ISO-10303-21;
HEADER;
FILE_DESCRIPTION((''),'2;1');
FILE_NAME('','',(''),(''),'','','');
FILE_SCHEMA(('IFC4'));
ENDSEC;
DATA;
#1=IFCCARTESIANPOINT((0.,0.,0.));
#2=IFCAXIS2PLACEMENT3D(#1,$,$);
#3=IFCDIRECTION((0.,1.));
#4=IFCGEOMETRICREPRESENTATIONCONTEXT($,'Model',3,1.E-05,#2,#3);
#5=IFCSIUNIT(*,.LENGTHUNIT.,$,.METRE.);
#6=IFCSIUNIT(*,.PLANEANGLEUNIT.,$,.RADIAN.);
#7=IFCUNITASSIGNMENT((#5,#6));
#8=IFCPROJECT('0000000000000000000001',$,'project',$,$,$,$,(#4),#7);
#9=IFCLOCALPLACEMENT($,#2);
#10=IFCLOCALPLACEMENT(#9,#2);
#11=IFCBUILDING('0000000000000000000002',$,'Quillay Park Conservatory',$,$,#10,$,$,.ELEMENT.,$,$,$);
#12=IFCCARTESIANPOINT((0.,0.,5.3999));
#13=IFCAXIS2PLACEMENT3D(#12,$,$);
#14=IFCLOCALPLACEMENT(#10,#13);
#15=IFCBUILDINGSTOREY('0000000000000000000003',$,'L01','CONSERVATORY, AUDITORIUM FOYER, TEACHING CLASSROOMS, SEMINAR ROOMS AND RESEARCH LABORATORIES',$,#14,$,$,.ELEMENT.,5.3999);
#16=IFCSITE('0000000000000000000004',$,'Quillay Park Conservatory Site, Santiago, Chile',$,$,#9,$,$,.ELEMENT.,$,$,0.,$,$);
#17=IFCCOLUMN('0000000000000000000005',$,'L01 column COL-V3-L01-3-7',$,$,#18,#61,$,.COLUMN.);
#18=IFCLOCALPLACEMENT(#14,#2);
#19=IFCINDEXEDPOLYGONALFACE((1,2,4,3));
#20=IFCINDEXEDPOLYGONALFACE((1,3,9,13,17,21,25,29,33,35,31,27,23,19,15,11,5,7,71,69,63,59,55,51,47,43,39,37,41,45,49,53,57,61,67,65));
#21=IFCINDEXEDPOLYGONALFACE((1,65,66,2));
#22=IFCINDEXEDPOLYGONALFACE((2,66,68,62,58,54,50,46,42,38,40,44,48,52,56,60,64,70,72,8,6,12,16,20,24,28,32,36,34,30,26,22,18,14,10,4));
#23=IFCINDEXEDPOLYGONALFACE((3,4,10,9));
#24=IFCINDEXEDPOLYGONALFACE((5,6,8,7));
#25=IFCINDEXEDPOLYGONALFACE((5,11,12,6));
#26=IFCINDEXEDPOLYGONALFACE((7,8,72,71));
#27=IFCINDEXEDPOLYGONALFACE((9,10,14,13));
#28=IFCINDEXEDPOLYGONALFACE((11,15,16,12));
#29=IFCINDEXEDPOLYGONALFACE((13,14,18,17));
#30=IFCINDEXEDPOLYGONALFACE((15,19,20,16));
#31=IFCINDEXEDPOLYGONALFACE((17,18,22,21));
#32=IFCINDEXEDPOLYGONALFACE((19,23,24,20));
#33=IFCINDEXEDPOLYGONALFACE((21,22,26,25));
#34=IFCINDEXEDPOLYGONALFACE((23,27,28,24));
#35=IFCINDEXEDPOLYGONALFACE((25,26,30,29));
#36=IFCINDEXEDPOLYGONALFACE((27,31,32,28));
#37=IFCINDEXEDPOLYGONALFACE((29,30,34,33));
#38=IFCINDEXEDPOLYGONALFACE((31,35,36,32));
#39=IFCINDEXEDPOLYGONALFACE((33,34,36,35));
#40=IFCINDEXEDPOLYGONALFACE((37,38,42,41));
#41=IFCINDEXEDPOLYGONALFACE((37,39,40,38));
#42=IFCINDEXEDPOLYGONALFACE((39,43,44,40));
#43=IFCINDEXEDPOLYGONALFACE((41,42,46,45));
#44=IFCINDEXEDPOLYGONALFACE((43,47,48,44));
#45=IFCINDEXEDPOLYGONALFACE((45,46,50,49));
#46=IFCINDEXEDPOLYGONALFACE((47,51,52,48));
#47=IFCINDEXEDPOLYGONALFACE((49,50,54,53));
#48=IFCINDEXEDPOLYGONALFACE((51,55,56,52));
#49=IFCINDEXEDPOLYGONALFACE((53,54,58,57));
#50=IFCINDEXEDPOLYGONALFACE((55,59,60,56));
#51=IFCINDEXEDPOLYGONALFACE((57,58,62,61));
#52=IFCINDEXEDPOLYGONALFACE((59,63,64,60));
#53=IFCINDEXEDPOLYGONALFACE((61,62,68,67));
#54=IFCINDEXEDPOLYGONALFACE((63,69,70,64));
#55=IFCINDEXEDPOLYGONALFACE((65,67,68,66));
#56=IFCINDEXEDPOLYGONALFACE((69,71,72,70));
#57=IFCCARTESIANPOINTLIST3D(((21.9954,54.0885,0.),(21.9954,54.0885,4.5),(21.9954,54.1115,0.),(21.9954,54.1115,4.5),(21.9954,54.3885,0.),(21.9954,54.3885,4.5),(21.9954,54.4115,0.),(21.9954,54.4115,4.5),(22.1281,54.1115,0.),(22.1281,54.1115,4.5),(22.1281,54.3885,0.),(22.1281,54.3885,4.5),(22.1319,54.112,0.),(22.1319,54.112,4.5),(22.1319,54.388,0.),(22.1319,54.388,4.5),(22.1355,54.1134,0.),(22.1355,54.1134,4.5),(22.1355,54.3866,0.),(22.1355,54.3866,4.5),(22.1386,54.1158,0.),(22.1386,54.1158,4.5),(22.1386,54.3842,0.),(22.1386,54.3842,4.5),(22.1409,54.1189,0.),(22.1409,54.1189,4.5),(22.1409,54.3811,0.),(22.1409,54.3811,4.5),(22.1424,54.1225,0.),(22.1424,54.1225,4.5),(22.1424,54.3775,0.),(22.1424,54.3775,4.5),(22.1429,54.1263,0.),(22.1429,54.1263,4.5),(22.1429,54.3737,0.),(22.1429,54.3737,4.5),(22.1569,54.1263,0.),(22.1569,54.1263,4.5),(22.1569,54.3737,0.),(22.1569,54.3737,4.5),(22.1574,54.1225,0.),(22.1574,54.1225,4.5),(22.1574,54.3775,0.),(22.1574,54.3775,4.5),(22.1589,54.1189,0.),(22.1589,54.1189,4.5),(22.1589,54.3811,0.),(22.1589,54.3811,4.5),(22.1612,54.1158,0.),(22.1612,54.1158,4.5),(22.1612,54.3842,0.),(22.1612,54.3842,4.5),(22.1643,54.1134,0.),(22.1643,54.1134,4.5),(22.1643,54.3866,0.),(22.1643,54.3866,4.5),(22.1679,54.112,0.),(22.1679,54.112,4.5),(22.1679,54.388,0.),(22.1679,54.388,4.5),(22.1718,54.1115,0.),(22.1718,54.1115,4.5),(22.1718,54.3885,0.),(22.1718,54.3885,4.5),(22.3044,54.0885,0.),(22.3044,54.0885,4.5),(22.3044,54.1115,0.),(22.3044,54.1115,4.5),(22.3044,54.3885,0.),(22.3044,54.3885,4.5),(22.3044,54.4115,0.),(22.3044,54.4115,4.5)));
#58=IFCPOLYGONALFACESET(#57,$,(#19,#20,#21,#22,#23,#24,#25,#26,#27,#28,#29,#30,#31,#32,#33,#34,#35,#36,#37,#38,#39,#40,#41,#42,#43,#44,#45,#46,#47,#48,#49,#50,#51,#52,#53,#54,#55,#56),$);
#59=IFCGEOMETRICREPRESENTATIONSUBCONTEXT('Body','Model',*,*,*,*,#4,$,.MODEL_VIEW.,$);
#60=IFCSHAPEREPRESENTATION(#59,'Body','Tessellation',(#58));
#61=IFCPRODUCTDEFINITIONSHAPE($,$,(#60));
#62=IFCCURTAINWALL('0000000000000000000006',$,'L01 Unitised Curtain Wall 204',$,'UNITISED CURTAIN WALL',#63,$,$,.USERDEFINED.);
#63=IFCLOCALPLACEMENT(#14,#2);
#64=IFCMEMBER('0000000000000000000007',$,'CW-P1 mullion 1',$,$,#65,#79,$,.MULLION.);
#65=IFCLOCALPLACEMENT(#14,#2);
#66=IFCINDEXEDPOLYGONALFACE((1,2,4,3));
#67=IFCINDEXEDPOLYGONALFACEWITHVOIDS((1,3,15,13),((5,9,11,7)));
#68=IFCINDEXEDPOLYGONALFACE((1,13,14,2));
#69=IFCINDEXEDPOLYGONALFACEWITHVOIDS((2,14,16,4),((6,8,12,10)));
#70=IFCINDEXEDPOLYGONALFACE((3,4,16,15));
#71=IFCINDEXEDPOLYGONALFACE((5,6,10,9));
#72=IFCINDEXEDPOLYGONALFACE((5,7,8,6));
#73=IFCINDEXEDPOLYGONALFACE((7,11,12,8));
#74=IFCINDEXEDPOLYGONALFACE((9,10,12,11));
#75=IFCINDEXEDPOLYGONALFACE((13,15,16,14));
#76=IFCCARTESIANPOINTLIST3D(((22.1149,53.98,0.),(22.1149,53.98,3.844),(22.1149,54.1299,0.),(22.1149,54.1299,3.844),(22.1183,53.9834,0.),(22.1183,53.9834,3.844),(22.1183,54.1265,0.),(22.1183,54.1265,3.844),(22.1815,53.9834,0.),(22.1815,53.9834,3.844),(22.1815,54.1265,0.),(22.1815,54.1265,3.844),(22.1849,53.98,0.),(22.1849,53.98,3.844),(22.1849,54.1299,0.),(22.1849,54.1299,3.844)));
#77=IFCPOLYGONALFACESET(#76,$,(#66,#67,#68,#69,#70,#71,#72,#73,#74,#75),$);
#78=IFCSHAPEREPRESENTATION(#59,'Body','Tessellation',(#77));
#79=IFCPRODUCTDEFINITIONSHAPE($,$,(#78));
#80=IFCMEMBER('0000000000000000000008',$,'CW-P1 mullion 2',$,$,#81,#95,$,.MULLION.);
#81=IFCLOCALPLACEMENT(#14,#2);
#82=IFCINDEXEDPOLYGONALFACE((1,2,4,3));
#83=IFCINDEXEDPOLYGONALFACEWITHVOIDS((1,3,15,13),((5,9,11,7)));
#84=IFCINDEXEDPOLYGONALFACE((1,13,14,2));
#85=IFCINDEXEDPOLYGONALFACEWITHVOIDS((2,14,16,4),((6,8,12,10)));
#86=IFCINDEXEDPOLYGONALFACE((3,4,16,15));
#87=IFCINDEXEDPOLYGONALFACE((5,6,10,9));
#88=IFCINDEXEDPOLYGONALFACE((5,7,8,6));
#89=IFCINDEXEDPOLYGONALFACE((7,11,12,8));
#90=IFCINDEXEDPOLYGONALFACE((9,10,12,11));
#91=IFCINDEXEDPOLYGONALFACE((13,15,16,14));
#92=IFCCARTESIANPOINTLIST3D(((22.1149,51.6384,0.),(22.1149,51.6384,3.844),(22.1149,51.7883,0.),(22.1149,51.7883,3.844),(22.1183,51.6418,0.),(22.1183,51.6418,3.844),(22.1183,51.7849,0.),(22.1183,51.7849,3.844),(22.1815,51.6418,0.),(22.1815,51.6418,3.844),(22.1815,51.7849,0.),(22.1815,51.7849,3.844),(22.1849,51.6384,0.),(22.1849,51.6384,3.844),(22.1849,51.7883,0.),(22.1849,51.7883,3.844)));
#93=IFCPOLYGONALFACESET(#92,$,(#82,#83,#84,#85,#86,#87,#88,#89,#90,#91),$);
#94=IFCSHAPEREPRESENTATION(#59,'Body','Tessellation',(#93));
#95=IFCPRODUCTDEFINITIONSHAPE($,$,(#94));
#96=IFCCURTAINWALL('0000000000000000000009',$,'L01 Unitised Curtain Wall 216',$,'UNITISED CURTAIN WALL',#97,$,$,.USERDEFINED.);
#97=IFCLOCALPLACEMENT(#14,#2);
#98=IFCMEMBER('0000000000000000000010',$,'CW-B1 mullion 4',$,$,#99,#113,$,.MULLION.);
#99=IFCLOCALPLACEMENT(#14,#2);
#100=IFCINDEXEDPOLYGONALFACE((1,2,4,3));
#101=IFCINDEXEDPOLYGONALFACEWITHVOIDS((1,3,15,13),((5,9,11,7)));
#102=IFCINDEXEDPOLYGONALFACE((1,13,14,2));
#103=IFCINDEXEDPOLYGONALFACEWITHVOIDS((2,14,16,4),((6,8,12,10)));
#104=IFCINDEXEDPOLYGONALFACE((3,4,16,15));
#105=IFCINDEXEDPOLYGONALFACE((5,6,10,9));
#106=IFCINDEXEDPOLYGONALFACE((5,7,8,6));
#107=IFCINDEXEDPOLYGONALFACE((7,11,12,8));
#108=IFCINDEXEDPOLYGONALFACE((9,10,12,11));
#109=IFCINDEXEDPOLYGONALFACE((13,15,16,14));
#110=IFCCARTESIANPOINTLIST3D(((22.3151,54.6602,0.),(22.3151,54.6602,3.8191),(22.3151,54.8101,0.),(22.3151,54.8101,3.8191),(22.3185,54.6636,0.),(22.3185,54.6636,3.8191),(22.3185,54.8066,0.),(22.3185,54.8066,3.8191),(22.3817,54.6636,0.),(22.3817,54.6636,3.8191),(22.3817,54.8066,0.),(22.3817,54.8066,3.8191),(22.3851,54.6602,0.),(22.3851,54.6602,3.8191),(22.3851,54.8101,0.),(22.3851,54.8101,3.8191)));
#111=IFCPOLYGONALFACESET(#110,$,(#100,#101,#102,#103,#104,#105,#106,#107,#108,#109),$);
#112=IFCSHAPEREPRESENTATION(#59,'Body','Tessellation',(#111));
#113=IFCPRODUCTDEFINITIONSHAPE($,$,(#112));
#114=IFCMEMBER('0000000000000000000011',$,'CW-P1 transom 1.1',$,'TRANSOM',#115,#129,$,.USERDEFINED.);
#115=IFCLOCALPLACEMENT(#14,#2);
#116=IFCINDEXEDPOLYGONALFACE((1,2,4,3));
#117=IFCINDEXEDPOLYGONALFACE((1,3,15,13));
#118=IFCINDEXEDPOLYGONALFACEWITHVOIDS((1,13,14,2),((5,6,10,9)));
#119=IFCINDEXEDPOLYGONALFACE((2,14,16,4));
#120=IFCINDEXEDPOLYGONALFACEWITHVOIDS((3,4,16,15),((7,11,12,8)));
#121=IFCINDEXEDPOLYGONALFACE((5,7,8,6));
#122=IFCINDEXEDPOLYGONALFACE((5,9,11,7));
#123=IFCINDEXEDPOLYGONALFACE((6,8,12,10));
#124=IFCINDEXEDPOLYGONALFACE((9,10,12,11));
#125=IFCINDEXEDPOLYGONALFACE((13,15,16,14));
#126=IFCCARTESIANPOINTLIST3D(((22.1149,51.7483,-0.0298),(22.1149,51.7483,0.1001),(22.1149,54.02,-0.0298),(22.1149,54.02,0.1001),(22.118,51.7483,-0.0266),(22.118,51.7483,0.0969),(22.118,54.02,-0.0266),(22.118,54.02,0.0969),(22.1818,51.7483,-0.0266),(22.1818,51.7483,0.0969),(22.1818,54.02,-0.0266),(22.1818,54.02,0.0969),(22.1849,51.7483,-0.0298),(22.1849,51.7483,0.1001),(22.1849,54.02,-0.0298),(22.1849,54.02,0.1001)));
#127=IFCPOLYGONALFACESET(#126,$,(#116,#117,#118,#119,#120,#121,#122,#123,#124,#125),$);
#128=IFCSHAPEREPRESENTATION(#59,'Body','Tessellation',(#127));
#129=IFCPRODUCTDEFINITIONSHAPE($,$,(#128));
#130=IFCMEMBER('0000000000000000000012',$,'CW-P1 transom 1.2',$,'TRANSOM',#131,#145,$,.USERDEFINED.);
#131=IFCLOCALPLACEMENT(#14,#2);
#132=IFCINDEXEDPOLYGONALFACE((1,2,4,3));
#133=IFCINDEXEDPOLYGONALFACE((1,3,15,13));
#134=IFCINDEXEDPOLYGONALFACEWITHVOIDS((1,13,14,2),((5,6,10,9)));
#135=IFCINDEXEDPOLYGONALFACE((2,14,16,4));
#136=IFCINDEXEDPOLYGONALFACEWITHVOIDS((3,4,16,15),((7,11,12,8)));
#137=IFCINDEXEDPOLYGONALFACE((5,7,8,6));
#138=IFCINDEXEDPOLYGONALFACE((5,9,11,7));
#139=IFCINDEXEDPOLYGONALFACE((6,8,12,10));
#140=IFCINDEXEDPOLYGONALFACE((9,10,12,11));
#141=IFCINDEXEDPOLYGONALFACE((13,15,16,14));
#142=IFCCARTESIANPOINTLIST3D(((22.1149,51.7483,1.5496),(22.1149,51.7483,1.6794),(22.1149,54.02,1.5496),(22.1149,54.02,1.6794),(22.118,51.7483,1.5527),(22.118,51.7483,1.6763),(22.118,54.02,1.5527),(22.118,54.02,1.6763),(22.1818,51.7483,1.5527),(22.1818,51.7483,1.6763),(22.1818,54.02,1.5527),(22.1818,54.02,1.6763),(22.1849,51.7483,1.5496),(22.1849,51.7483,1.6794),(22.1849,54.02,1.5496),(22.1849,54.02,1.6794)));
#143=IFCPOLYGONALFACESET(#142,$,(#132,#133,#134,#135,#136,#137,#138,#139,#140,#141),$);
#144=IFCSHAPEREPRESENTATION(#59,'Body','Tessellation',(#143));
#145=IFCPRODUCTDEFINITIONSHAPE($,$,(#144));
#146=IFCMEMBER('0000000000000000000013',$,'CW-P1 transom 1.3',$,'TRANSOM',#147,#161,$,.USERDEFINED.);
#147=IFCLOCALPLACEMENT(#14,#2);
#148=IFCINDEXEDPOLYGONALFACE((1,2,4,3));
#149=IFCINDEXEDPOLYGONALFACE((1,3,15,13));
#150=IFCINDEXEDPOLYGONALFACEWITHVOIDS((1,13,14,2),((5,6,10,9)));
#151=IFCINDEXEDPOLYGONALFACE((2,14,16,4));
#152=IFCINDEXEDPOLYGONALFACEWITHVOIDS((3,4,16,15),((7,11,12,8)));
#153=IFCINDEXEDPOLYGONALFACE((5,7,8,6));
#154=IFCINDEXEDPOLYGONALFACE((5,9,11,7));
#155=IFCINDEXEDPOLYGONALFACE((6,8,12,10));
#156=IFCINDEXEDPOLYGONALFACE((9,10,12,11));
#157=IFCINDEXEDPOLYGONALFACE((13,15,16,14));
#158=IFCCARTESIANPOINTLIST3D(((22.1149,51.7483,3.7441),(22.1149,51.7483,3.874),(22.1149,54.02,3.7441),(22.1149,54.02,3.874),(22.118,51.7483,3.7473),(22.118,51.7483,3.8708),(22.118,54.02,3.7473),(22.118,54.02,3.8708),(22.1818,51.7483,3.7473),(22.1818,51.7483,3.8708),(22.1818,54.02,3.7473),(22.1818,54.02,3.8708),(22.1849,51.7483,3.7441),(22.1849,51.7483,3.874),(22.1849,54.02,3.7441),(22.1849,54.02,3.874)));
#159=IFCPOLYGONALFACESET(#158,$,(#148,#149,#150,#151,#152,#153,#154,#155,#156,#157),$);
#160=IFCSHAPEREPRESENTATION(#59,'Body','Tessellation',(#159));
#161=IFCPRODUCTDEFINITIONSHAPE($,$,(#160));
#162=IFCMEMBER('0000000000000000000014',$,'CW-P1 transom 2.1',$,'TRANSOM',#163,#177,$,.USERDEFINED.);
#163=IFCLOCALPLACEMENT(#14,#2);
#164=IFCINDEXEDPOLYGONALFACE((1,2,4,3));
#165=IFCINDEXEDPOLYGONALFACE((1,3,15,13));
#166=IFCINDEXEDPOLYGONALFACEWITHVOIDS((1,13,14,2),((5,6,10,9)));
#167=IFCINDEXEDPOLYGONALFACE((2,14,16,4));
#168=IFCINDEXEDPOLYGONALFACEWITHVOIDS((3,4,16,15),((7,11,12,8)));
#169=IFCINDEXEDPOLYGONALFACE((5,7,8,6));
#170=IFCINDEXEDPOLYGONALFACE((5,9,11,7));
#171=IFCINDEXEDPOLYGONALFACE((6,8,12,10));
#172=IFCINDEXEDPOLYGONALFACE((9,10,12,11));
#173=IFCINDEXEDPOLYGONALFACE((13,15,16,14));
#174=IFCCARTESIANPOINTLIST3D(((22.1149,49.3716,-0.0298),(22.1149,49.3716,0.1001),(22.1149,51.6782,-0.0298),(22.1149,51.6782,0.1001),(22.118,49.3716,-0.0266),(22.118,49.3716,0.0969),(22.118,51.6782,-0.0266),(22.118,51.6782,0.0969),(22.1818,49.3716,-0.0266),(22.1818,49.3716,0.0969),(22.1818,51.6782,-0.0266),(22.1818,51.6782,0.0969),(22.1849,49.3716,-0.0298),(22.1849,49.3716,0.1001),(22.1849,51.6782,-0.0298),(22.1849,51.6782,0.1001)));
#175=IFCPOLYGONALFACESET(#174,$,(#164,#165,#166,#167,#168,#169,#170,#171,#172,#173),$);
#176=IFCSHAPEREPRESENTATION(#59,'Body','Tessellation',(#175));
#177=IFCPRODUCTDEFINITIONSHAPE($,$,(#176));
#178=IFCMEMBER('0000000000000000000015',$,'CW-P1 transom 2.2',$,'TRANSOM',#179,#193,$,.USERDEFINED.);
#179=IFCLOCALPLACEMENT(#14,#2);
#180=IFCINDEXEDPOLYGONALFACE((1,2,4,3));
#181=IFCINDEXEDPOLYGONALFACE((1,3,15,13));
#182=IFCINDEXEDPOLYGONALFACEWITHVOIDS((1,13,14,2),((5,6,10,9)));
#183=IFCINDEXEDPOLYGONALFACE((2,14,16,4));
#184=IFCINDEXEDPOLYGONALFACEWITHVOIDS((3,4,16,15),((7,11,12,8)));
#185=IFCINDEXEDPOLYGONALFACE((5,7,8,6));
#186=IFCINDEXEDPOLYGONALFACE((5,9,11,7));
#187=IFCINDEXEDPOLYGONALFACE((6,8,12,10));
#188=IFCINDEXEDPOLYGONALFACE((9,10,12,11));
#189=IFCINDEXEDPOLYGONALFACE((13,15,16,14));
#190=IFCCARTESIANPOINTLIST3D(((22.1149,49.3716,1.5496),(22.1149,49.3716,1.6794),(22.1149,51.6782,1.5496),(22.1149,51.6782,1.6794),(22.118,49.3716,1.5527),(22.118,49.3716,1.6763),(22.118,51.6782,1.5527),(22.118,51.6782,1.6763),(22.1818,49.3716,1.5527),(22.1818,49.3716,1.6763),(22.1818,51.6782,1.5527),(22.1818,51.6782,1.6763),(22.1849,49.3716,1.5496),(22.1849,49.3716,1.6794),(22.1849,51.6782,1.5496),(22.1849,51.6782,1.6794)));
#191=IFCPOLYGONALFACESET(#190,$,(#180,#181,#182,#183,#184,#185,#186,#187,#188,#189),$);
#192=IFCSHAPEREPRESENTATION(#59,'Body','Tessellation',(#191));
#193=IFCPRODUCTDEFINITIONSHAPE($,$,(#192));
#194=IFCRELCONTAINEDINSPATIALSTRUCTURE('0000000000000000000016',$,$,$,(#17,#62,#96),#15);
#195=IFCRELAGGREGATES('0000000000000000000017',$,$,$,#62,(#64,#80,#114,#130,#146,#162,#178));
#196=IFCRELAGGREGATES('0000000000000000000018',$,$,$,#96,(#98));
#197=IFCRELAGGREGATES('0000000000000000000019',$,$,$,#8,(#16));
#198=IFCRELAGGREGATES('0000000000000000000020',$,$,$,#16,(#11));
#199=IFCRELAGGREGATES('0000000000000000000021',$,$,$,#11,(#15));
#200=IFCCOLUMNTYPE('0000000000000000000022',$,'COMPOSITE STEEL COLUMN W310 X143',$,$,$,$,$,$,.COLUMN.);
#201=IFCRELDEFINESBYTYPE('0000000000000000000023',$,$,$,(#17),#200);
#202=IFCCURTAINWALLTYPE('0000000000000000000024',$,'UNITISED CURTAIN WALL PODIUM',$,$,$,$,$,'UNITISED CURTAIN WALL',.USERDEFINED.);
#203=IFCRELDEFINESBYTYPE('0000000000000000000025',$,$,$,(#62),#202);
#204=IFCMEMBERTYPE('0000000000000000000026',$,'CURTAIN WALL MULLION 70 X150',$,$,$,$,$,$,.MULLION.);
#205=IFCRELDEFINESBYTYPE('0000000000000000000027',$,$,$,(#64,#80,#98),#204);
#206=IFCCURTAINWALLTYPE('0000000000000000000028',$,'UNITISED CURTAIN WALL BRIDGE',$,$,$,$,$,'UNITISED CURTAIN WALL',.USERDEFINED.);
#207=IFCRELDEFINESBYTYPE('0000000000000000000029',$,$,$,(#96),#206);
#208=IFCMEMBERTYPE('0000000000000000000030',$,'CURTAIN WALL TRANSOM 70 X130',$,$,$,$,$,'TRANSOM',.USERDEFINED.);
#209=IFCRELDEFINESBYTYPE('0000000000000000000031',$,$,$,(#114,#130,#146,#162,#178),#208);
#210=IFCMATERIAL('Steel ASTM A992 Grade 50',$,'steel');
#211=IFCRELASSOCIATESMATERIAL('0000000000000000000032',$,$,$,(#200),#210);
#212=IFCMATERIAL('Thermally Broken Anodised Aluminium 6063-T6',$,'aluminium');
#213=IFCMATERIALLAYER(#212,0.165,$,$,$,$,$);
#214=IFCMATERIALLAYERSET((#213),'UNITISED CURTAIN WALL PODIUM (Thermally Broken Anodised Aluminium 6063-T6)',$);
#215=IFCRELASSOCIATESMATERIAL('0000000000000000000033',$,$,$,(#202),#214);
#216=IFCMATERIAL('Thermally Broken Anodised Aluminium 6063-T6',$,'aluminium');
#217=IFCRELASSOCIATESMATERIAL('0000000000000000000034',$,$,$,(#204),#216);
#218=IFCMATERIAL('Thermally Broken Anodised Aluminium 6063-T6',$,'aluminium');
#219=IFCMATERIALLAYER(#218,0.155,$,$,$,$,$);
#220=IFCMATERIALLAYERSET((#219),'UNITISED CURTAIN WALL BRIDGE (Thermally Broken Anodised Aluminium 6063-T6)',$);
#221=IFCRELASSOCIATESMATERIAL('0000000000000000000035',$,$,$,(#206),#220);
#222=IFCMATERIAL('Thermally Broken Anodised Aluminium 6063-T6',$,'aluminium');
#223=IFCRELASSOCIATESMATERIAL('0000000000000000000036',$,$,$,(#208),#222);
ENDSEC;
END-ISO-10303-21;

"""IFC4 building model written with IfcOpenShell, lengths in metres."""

from ifc_helpers import new_model, si_unit, direction, frame, origin, origin_2d, place, context, subcontext, project, spatial, hollow_rectangle, i_section, extrude, material, layer, layer_set, material_profile, profile_set, type_object, element, aggregate, save


model = new_model("IFC4")

# Units and contexts
model_context = context("Model", 3, precision=1e-05, world=origin(), true_north=direction((0.0, 1.0)))
body_context = subcontext(model_context, "Body", "Model", "MODEL_VIEW")
ifc_project = project(units=[si_unit("LENGTHUNIT", "METRE"), si_unit("PLANEANGLEUNIT", "RADIAN")], contexts=[model_context])

# Site, building, storey
site_placement = place(None, origin())
site = spatial("IfcSite", under=ifc_project, at=site_placement, Name="Quillay Park Conservatory Site, Santiago, Chile", CompositionType="ELEMENT", RefElevation=0.0)
building_placement = place(site_placement, origin())
building = spatial("IfcBuilding", under=site, at=building_placement, Name="Quillay Park Conservatory", CompositionType="ELEMENT")
storey_placement = place(building_placement, frame((0.0, 0.0, 5.3999)))
storey = spatial("IfcBuildingStorey", under=building, at=storey_placement, Name="L01", Description="CONSERVATORY, AUDITORIUM FOYER, TEACHING CLASSROOMS, SEMINAR ROOMS AND RESEARCH LABORATORIES", CompositionType="ELEMENT", Elevation=5.3999)

# Column
ifc_material_1 = material(Name="Steel ASTM A992 Grade 50", Category="steel")
ifc_material_profile_1 = material_profile(ifc_material_1, i_section(OverallWidth=0.3091, OverallDepth=0.323, WebThickness=0.0139, FlangeThickness=0.0229, FilletRadius=0.0149, at=origin_2d()), Name="W310x143")
ifc_profile_set_1 = profile_set([ifc_material_profile_1], Name="Steel ASTM A992 Grade 50")
column_type = type_object("IfcColumnType", Name="COMPOSITE STEEL COLUMN W310 X143", PredefinedType="COLUMN", material=ifc_profile_set_1)
column_placement = place(storey_placement, frame((22.1499, 54.25, 0.0), z_axis=(0.0, 0.0, 1.0), x_axis=(1.0, 0.0, 0.0)))
element("IfcColumn", 1, at=column_placement, inside=storey, type_object=column_type, Name="L01 column COL-V3-L01-3-7", PredefinedType="COLUMN", context=body_context, shape_type="SweptSolid", body=[
    extrude(i_section(OverallWidth=0.3091, OverallDepth=0.323, WebThickness=0.0139, FlangeThickness=0.0229, FilletRadius=0.0149, at=origin_2d()), origin(), (0.0, 0.0, 1.0), 4.5),
])

# Curtain wall, members
ifc_material_2 = material(Name="Thermally Broken Anodised Aluminium 6063-T6", Category="aluminium")
ifc_layer_1 = layer(ifc_material_2, 0.165)
ifc_layer_set_1 = layer_set([ifc_layer_1], Name="UNITISED CURTAIN WALL PODIUM (Thermally Broken Anodised Aluminium 6063-T6)")
curtain_wall_type_1 = type_object("IfcCurtainWallType", Name="UNITISED CURTAIN WALL PODIUM", ElementType="UNITISED CURTAIN WALL", PredefinedType="USERDEFINED", material=ifc_layer_set_1)
curtain_wall_1_placement = place(storey_placement, origin())
curtain_wall_1 = element("IfcCurtainWall", 2, at=curtain_wall_1_placement, inside=storey, type_object=curtain_wall_type_1, Name="L01 Unitised Curtain Wall 204", ObjectType="UNITISED CURTAIN WALL", PredefinedType="USERDEFINED")
ifc_material_3 = material(Name="Thermally Broken Anodised Aluminium 6063-T6", Category="aluminium")
ifc_material_profile_2 = material_profile(ifc_material_3, hollow_rectangle(XDim=0.0701, YDim=0.1499, WallThickness=0.0034, at=origin_2d()), Name="AL70x150x3.5")
ifc_profile_set_2 = profile_set([ifc_material_profile_2], Name="Thermally Broken Anodised Aluminium 6063-T6")
member_type_1 = type_object("IfcMemberType", Name="CURTAIN WALL MULLION 70 X150", PredefinedType="MULLION", material=ifc_profile_set_2)
member_1_placement = place(storey_placement, frame((22.1499, 54.0549, 0.0), z_axis=(0.0, 0.0, 1.0), x_axis=(1.0, 0.0, 0.0)))
member_1 = element("IfcMember", 3, at=member_1_placement, type_object=member_type_1, Name="CW-P1 mullion 1", PredefinedType="MULLION", context=body_context, shape_type="SweptSolid", body=[
    extrude(hollow_rectangle(XDim=0.0701, YDim=0.1499, WallThickness=0.0034, at=origin_2d()), origin(), (0.0, 0.0, 1.0), 3.844),
])
member_2_placement = place(storey_placement, frame((22.1499, 51.7134, 0.0), z_axis=(0.0, 0.0, 1.0), x_axis=(1.0, 0.0, 0.0)))
member_2 = element("IfcMember", 4, at=member_2_placement, type_object=member_type_1, Name="CW-P1 mullion 2", PredefinedType="MULLION", context=body_context, shape_type="SweptSolid", body=[
    extrude(hollow_rectangle(XDim=0.0701, YDim=0.1499, WallThickness=0.0034, at=origin_2d()), origin(), (0.0, 0.0, 1.0), 3.844),
])

# Curtain wall, member
ifc_material_4 = material(Name="Thermally Broken Anodised Aluminium 6063-T6", Category="aluminium")
ifc_layer_2 = layer(ifc_material_4, 0.155)
ifc_layer_set_2 = layer_set([ifc_layer_2], Name="UNITISED CURTAIN WALL BRIDGE (Thermally Broken Anodised Aluminium 6063-T6)")
curtain_wall_type_2 = type_object("IfcCurtainWallType", Name="UNITISED CURTAIN WALL BRIDGE", ElementType="UNITISED CURTAIN WALL", PredefinedType="USERDEFINED", material=ifc_layer_set_2)
curtain_wall_2_placement = place(storey_placement, origin())
curtain_wall_2 = element("IfcCurtainWall", 5, at=curtain_wall_2_placement, inside=storey, type_object=curtain_wall_type_2, Name="L01 Unitised Curtain Wall 216", ObjectType="UNITISED CURTAIN WALL", PredefinedType="USERDEFINED")
member_3_placement = place(storey_placement, frame((22.3501, 54.7351, 0.0), z_axis=(0.0, 0.0, 1.0), x_axis=(1.0, 0.0, 0.0)))
member_3 = element("IfcMember", 6, at=member_3_placement, type_object=member_type_1, Name="CW-B1 mullion 4", PredefinedType="MULLION", context=body_context, shape_type="SweptSolid", body=[
    extrude(hollow_rectangle(XDim=0.0701, YDim=0.1499, WallThickness=0.0034, at=origin_2d()), origin(), (0.0, 0.0, 1.0), 3.8191),
])

# Members
ifc_material_5 = material(Name="Thermally Broken Anodised Aluminium 6063-T6", Category="aluminium")
ifc_material_profile_3 = material_profile(ifc_material_5, hollow_rectangle(XDim=0.0701, YDim=0.1299, WallThickness=0.0032, at=origin_2d()), Name="AL70x130x3.2")
ifc_profile_set_3 = profile_set([ifc_material_profile_3], Name="Thermally Broken Anodised Aluminium 6063-T6")
member_type_2 = type_object("IfcMemberType", Name="CURTAIN WALL TRANSOM 70 X130", ElementType="TRANSOM", PredefinedType="USERDEFINED", material=ifc_profile_set_3)
member_4_placement = place(storey_placement, frame((22.1499, 54.02, 0.0352), z_axis=(0.0, -1.0, 0.0), x_axis=(1.0, 0.0, 0.0)))
member_4 = element("IfcMember", 7, at=member_4_placement, type_object=member_type_2, Name="CW-P1 transom 1.1", ObjectType="TRANSOM", PredefinedType="USERDEFINED", context=body_context, shape_type="SweptSolid", body=[
    extrude(hollow_rectangle(XDim=0.0701, YDim=0.1299, WallThickness=0.0032, at=origin_2d()), origin(), (0.0, 0.0, 1.0), 2.2717),
])
member_5_placement = place(storey_placement, frame((22.1499, 54.02, 1.6145), z_axis=(0.0, -1.0, 0.0), x_axis=(1.0, 0.0, 0.0)))
member_5 = element("IfcMember", 8, at=member_5_placement, type_object=member_type_2, Name="CW-P1 transom 1.2", ObjectType="TRANSOM", PredefinedType="USERDEFINED", context=body_context, shape_type="SweptSolid", body=[
    extrude(hollow_rectangle(XDim=0.0701, YDim=0.1299, WallThickness=0.0032, at=origin_2d()), origin(), (0.0, 0.0, 1.0), 2.2717),
])
member_6_placement = place(storey_placement, frame((22.1499, 54.02, 3.8091), z_axis=(0.0, -1.0, 0.0), x_axis=(1.0, 0.0, 0.0)))
member_6 = element("IfcMember", 9, at=member_6_placement, type_object=member_type_2, Name="CW-P1 transom 1.3", ObjectType="TRANSOM", PredefinedType="USERDEFINED", context=body_context, shape_type="SweptSolid", body=[
    extrude(hollow_rectangle(XDim=0.0701, YDim=0.1299, WallThickness=0.0032, at=origin_2d()), origin(), (0.0, 0.0, 1.0), 2.2717),
])
member_7_placement = place(storey_placement, frame((22.1499, 51.6782, 0.0352), z_axis=(0.0, -1.0, 0.0), x_axis=(1.0, 0.0, 0.0)))
member_7 = element("IfcMember", 10, at=member_7_placement, type_object=member_type_2, Name="CW-P1 transom 2.1", ObjectType="TRANSOM", PredefinedType="USERDEFINED", context=body_context, shape_type="SweptSolid", body=[
    extrude(hollow_rectangle(XDim=0.0701, YDim=0.1299, WallThickness=0.0032, at=origin_2d()), origin(), (0.0, 0.0, 1.0), 2.3066),
])
member_8_placement = place(storey_placement, frame((22.1499, 51.6782, 1.6145), z_axis=(0.0, -1.0, 0.0), x_axis=(1.0, 0.0, 0.0)))
member_8 = element("IfcMember", 11, at=member_8_placement, type_object=member_type_2, Name="CW-P1 transom 2.2", ObjectType="TRANSOM", PredefinedType="USERDEFINED", context=body_context, shape_type="SweptSolid", body=[
    extrude(hollow_rectangle(XDim=0.0701, YDim=0.1299, WallThickness=0.0032, at=origin_2d()), origin(), (0.0, 0.0, 1.0), 2.3066),
])

aggregate(curtain_wall_1, [member_1, member_2, member_4, member_5, member_6, member_7, member_8])
aggregate(curtain_wall_2, [member_3])

save(model, "model.ifc")
